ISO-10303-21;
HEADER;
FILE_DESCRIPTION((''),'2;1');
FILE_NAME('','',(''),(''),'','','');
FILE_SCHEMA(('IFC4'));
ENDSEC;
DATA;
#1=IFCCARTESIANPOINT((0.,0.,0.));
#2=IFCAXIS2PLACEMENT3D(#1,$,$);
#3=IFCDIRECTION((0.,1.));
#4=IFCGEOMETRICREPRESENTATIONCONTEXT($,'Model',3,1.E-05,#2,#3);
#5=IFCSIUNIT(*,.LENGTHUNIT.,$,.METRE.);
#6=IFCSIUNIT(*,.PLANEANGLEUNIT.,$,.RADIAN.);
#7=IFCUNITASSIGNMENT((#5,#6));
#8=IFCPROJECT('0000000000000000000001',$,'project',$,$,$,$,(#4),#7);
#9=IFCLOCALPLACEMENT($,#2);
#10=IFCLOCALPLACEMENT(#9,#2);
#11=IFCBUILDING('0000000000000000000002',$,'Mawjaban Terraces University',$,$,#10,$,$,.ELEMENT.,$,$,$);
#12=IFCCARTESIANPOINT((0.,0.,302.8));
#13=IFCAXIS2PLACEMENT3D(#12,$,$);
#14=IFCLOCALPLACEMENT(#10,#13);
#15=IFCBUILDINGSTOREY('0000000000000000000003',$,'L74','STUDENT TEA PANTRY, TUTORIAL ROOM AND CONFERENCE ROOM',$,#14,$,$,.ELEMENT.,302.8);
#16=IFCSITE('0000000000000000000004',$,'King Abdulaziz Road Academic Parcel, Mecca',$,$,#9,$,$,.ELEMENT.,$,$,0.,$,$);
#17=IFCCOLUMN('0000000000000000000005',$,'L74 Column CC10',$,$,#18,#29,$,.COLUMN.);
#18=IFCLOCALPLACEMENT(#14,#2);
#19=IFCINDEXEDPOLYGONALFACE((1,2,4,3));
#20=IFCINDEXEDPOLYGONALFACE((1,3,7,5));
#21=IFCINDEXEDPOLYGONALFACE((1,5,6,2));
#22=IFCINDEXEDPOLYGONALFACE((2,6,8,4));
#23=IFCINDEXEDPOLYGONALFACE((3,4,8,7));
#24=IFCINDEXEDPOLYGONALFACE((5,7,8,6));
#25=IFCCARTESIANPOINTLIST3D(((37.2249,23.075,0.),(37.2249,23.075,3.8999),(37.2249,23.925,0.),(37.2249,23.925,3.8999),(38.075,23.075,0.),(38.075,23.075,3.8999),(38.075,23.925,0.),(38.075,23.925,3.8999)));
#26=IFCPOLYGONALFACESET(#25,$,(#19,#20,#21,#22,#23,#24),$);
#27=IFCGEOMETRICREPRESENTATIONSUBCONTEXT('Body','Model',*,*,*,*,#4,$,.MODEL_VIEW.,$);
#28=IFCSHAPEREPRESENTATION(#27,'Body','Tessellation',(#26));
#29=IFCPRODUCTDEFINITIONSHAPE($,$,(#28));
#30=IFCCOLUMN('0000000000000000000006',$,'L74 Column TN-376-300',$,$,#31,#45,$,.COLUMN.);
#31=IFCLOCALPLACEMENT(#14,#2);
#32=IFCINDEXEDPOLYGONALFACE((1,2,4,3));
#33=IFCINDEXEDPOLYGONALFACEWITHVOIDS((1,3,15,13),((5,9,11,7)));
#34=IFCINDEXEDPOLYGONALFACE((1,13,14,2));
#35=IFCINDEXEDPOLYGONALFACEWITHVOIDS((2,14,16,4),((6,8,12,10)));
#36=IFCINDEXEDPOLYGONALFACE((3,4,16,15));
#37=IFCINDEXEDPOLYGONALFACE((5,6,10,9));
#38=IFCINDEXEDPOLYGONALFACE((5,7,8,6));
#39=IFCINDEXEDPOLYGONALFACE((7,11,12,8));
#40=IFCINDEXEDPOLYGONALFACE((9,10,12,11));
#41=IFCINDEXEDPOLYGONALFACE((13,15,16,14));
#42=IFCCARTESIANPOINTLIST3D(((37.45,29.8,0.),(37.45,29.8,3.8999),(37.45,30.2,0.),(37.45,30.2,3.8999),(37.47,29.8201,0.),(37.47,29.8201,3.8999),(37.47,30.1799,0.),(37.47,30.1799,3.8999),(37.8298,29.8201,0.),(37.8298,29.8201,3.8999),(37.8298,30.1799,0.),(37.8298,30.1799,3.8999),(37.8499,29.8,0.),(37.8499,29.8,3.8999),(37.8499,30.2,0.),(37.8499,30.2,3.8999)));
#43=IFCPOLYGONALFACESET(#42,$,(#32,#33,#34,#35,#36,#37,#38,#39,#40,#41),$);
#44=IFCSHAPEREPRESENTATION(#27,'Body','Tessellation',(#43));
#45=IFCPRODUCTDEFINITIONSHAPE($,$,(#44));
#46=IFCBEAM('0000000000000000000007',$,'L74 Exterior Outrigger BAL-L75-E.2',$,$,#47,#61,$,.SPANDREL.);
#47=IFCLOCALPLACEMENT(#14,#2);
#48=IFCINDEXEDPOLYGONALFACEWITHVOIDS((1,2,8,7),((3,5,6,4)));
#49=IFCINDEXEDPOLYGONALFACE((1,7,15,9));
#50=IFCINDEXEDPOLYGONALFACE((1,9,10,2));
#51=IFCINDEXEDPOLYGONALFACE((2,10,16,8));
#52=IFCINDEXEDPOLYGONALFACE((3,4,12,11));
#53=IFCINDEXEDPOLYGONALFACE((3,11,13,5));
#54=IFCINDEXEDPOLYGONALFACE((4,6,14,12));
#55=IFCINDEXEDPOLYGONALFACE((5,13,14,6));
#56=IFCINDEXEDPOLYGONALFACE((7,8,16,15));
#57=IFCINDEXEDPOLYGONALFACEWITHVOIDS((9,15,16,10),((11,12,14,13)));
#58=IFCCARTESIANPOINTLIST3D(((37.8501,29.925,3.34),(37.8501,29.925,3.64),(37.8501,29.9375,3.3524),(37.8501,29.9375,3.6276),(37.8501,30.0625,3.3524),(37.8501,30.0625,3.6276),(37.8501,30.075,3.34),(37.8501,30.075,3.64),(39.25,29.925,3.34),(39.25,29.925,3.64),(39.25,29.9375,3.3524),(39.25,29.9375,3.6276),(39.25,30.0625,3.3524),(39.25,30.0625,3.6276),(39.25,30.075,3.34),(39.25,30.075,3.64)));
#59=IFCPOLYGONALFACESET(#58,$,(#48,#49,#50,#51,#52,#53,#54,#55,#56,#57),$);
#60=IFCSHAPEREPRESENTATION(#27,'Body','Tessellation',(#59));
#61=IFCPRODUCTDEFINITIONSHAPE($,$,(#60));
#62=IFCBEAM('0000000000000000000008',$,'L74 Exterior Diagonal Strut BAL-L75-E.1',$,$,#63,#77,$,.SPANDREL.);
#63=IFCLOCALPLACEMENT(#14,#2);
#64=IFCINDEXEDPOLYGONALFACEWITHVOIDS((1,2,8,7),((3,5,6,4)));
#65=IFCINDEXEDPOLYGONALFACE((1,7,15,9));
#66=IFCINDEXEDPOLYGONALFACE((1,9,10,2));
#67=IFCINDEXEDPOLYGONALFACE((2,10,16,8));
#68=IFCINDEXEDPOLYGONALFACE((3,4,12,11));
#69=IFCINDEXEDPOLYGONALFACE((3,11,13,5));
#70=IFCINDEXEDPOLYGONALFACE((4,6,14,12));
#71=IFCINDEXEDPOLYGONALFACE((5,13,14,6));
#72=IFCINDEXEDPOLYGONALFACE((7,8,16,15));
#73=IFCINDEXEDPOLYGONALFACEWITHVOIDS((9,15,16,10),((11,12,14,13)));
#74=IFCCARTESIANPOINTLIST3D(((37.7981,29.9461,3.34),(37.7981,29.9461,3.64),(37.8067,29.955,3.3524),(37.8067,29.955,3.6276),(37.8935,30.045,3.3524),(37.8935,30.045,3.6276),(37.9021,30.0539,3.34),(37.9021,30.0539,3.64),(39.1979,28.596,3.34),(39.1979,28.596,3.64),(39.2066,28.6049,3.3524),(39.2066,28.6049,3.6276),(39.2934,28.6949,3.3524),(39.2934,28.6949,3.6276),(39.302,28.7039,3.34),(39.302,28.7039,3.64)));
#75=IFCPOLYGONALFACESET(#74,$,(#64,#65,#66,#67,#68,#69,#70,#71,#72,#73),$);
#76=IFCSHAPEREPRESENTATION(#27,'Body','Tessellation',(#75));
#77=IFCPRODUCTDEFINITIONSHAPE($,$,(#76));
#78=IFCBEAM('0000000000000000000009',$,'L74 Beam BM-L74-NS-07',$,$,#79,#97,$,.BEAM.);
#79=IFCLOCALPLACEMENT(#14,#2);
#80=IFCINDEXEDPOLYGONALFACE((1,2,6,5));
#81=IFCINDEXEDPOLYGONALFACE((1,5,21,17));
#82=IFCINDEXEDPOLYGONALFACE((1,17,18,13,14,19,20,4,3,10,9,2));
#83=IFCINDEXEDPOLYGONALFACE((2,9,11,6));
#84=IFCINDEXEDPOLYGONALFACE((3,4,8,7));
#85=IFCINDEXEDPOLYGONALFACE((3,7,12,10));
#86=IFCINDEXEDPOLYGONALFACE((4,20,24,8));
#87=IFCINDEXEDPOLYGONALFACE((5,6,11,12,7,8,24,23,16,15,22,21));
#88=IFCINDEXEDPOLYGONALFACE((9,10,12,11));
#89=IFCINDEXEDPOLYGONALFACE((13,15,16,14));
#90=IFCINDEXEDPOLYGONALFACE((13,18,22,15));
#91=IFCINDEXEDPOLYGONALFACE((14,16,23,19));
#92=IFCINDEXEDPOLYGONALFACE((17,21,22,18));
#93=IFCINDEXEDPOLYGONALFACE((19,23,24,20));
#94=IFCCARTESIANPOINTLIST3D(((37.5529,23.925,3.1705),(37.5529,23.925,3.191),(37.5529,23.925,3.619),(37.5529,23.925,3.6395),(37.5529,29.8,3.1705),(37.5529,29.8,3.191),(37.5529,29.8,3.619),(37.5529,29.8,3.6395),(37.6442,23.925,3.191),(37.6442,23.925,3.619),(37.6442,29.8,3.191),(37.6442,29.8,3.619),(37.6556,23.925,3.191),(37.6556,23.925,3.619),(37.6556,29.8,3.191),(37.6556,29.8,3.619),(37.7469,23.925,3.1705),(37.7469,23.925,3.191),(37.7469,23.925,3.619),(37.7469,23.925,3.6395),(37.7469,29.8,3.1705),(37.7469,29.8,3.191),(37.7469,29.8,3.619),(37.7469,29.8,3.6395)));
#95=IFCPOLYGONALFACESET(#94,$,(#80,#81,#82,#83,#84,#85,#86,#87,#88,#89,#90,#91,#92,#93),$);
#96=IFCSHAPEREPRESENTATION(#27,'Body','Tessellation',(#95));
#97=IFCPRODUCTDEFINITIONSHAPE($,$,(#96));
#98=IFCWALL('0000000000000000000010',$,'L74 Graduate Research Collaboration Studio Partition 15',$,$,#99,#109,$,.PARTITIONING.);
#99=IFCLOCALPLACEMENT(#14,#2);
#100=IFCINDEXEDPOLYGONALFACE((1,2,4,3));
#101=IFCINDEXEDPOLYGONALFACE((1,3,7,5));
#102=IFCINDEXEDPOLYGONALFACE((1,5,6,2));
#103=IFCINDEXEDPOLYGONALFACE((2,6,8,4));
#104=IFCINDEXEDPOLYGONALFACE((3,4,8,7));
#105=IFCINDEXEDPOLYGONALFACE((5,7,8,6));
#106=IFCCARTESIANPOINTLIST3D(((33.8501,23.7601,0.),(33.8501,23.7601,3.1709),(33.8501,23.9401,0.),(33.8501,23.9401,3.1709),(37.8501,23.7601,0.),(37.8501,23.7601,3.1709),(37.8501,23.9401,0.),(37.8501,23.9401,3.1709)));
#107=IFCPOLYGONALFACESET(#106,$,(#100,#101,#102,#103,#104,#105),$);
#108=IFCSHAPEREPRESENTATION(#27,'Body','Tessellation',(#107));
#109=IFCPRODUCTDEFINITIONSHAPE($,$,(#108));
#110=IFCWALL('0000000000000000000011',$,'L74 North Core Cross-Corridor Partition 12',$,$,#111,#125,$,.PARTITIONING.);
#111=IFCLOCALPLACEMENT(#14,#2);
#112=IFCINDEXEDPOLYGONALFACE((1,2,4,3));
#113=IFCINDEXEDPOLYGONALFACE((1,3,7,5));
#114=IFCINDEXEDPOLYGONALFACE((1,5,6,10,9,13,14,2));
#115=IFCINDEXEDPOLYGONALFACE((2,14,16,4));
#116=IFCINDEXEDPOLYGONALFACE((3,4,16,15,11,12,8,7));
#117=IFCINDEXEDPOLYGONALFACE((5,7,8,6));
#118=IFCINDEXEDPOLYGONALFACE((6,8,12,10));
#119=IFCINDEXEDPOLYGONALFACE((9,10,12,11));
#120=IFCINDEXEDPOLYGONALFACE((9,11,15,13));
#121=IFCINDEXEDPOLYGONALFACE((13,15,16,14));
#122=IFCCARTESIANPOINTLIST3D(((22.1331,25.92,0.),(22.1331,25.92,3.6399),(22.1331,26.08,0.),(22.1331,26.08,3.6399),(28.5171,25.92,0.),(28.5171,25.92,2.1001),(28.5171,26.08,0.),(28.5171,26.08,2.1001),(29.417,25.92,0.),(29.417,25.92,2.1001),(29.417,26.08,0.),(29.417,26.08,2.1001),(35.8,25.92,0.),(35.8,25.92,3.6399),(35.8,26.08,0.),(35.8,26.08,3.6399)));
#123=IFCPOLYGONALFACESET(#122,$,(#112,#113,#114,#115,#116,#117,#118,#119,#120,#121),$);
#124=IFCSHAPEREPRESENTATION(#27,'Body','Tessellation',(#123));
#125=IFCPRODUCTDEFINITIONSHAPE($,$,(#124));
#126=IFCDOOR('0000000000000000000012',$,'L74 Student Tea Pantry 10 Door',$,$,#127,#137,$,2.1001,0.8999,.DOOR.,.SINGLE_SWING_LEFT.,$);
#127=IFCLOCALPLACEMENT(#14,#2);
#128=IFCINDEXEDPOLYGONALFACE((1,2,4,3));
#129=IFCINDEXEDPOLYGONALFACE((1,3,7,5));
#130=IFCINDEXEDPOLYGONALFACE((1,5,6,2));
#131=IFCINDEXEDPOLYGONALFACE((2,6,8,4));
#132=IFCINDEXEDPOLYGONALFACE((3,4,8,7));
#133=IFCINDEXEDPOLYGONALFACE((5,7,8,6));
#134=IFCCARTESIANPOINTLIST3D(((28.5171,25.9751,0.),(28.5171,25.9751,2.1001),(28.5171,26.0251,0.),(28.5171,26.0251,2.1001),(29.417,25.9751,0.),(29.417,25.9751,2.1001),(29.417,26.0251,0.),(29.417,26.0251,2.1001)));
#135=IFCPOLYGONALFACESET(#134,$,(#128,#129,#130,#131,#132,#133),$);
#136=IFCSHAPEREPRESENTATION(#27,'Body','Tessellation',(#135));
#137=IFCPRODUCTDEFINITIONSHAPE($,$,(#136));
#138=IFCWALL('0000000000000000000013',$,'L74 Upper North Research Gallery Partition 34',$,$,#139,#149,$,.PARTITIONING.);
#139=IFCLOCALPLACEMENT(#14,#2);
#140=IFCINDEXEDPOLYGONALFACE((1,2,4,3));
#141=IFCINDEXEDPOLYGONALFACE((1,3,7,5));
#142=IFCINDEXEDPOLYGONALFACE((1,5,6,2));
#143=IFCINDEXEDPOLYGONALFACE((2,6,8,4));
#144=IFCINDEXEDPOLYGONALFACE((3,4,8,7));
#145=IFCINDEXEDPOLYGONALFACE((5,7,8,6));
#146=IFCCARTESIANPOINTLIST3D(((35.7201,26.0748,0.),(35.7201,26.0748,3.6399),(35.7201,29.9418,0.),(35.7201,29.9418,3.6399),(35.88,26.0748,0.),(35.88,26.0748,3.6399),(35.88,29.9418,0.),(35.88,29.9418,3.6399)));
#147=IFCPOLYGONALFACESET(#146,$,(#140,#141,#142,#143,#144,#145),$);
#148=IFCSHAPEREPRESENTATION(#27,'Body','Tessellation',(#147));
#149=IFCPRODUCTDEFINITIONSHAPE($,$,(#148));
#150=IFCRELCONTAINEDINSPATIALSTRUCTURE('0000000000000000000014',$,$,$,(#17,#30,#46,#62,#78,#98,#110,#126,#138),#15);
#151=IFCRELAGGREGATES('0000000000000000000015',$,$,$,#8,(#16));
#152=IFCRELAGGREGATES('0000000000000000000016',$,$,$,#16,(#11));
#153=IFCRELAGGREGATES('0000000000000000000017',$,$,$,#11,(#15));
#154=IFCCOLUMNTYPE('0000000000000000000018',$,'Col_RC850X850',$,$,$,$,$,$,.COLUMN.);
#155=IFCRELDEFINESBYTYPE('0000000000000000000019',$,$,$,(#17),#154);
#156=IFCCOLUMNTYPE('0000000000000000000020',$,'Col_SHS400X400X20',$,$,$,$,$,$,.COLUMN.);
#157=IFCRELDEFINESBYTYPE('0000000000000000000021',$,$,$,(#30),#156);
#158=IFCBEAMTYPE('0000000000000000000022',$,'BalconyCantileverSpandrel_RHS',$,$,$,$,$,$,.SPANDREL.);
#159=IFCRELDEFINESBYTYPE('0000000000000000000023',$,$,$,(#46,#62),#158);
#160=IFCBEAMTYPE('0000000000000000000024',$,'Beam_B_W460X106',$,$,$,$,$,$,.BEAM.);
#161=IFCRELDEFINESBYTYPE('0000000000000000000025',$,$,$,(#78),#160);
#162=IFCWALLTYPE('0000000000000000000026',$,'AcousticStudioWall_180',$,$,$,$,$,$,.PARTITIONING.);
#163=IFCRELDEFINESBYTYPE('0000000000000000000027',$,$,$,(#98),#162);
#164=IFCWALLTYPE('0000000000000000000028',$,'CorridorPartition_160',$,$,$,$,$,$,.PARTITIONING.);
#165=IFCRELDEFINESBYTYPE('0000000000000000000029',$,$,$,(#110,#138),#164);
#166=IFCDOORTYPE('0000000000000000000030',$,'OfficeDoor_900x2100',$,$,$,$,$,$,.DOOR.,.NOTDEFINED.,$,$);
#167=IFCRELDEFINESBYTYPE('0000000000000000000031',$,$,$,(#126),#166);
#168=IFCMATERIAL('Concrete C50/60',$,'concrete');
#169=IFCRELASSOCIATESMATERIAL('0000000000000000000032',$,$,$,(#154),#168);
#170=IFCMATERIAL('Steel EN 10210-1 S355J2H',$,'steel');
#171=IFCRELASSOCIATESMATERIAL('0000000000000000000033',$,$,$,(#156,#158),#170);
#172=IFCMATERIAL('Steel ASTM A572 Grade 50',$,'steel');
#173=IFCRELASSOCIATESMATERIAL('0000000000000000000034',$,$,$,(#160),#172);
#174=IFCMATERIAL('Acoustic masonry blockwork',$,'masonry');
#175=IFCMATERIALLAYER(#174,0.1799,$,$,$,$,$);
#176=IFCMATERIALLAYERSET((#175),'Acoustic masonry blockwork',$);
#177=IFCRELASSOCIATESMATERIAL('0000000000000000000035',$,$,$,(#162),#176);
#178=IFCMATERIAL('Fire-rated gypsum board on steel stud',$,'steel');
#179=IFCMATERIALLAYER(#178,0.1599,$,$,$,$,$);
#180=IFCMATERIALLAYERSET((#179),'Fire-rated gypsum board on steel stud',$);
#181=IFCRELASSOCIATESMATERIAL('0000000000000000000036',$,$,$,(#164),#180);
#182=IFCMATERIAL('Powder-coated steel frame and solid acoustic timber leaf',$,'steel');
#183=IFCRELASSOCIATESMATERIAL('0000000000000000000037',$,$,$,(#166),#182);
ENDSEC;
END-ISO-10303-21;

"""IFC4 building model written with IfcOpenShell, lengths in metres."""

from ifc_helpers import new_model, si_unit, direction, frame, frame_2d, origin, origin_2d, place, context, subcontext, project, spatial, rectangle, hollow_rectangle, i_section, extrude, material, layer, layer_set, material_profile, profile_set, type_object, element, fill, save


model = new_model("IFC4")

# Units and contexts
model_context = context("Model", 3, precision=1e-05, world=origin(), true_north=direction((0.0, 1.0)))
body_context = subcontext(model_context, "Body", "Model", "MODEL_VIEW")
ifc_project = project(units=[si_unit("LENGTHUNIT", "METRE"), si_unit("PLANEANGLEUNIT", "RADIAN")], contexts=[model_context])

# Site, building, storey
site_placement = place(None, origin())
site = spatial("IfcSite", under=ifc_project, at=site_placement, Name="King Abdulaziz Road Academic Parcel, Mecca", CompositionType="ELEMENT", RefElevation=0.0)
building_placement = place(site_placement, origin())
building = spatial("IfcBuilding", under=site, at=building_placement, Name="Mawjaban Terraces University", CompositionType="ELEMENT")
storey_placement = place(building_placement, frame((0.0, 0.0, 302.8)))
storey = spatial("IfcBuildingStorey", under=building, at=storey_placement, Name="L74", Description="STUDENT TEA PANTRY, TUTORIAL ROOM AND CONFERENCE ROOM", CompositionType="ELEMENT", Elevation=302.8)

# Columns
ifc_material_1 = material(Name="Concrete C50/60", Category="concrete")
ifc_material_profile_1 = material_profile(ifc_material_1, rectangle(XDim=0.8501, YDim=0.8501, at=origin_2d()), Name="RC850X850")
ifc_profile_set_1 = profile_set([ifc_material_profile_1], Name="Concrete C50/60")
column_type_1 = type_object("IfcColumnType", Name="Col_RC850X850", PredefinedType="COLUMN", material=ifc_profile_set_1)
column_1_placement = place(storey_placement, frame((37.6499, 23.5, 0.0), z_axis=(0.0, 0.0, 1.0), x_axis=(1.0, 0.0, 0.0)))
element("IfcColumn", 1, at=column_1_placement, inside=storey, type_object=column_type_1, Name="L74 Column CC10", PredefinedType="COLUMN", context=body_context, shape_type="SweptSolid", body=[
    extrude(rectangle(XDim=0.8501, YDim=0.8501, at=origin_2d()), origin(), (0.0, 0.0, 1.0), 3.8999),
])
ifc_material_2 = material(Name="Steel EN 10210-1 S355J2H", Category="steel")
ifc_material_profile_2 = material_profile(ifc_material_2, hollow_rectangle(XDim=0.3999, YDim=0.3999, WallThickness=0.02, at=origin_2d()), Name="SHS400X400X20")
ifc_profile_set_2 = profile_set([ifc_material_profile_2], Name="Steel EN 10210-1 S355J2H")
column_type_2 = type_object("IfcColumnType", Name="Col_SHS400X400X20", PredefinedType="COLUMN", material=ifc_profile_set_2)
column_2_placement = place(storey_placement, frame((37.6499, 30.0, 0.0), z_axis=(0.0, 0.0, 1.0), x_axis=(1.0, 0.0, 0.0)))
element("IfcColumn", 2, at=column_2_placement, inside=storey, type_object=column_type_2, Name="L74 Column TN-376-300", PredefinedType="COLUMN", context=body_context, shape_type="SweptSolid", body=[
    extrude(hollow_rectangle(XDim=0.3999, YDim=0.3999, WallThickness=0.02, at=origin_2d()), origin(), (0.0, 0.0, 1.0), 3.8999),
])

# Beams
ifc_material_profile_3 = material_profile(ifc_material_2, hollow_rectangle(XDim=0.1499, YDim=0.3, WallThickness=0.0125, at=origin_2d()), Name="RHS300X150X12.5")
ifc_profile_set_3 = profile_set([ifc_material_profile_3], Name="Steel EN 10210-1 S355J2H")
beam_type_1 = type_object("IfcBeamType", Name="BalconyCantileverSpandrel_RHS", PredefinedType="SPANDREL", material=ifc_profile_set_3)
beam_1_placement = place(storey_placement, frame((37.8501, 30.0, 3.49), z_axis=(1.0, 0.0, 0.0), x_axis=(0.0, 1.0, 0.0)))
element("IfcBeam", 3, at=beam_1_placement, inside=storey, type_object=beam_type_1, Name="L74 Exterior Outrigger BAL-L75-E.2", PredefinedType="SPANDREL", context=body_context, shape_type="SweptSolid", body=[
    extrude(hollow_rectangle(XDim=0.1499, YDim=0.3, WallThickness=0.0125, at=origin_2d()), origin(), (0.0, 0.0, 1.0), 1.3999),
])
beam_2_placement = place(storey_placement, frame((37.8501, 30.0, 3.49), z_axis=(0.719795, -0.694187, 0.0), x_axis=(0.694187, 0.719795, 0.0)))
element("IfcBeam", 4, at=beam_2_placement, inside=storey, type_object=beam_type_1, Name="L74 Exterior Diagonal Strut BAL-L75-E.1", PredefinedType="SPANDREL", context=body_context, shape_type="SweptSolid", body=[
    extrude(hollow_rectangle(XDim=0.1499, YDim=0.3, WallThickness=0.0125, at=origin_2d()), origin(), (0.0, 0.0, 1.0), 1.9448),
])
ifc_material_3 = material(Name="Steel ASTM A572 Grade 50", Category="steel")
ifc_material_profile_4 = material_profile(ifc_material_3, i_section(OverallWidth=0.1941, OverallDepth=0.469, WebThickness=0.0115, FlangeThickness=0.0205, at=origin_2d()), Name="W460X106")
ifc_profile_set_4 = profile_set([ifc_material_profile_4], Name="Steel ASTM A572 Grade 50")
beam_type_2 = type_object("IfcBeamType", Name="Beam_B_W460X106", PredefinedType="BEAM", material=ifc_profile_set_4)
beam_3_placement = place(storey_placement, frame((37.6499, 23.925, 3.405), z_axis=(0.0, 1.0, 0.0), x_axis=(-1.0, 0.0, 0.0)))
element("IfcBeam", 5, at=beam_3_placement, inside=storey, type_object=beam_type_2, Name="L74 Beam BM-L74-NS-07", PredefinedType="BEAM", context=body_context, shape_type="SweptSolid", body=[
    extrude(i_section(OverallWidth=0.1941, OverallDepth=0.469, WebThickness=0.0115, FlangeThickness=0.0205, at=origin_2d()), origin(), (0.0, 0.0, 1.0), 5.875),
])

# Wall
ifc_material_4 = material(Name="Acoustic masonry blockwork", Category="masonry")
ifc_layer_1 = layer(ifc_material_4, 0.1799)
ifc_layer_set_1 = layer_set([ifc_layer_1], Name="Acoustic masonry blockwork")
wall_type_1 = type_object("IfcWallType", Name="AcousticStudioWall_180", PredefinedType="PARTITIONING", material=ifc_layer_set_1)
wall_1_placement = place(storey_placement, frame((37.8501, 23.8501, 0.0), z_axis=(0.0, 0.0, 1.0), x_axis=(-1.0, 0.0, 0.0)))
element("IfcWall", 6, at=wall_1_placement, inside=storey, type_object=wall_type_1, Name="L74 Graduate Research Collaboration Studio Partition 15", PredefinedType="PARTITIONING", context=body_context, shape_type="SweptSolid", body=[
    extrude(rectangle(XDim=4.0, YDim=0.1799, at=frame_2d((2.0, 0.0))), origin(), (0.0, 0.0, 1.0), 3.1709),
])

# Wall, opening, door
ifc_material_5 = material(Name="Fire-rated gypsum board on steel stud", Category="steel")
ifc_layer_2 = layer(ifc_material_5, 0.1599)
ifc_layer_set_2 = layer_set([ifc_layer_2], Name="Fire-rated gypsum board on steel stud")
wall_type_2 = type_object("IfcWallType", Name="CorridorPartition_160", PredefinedType="PARTITIONING", material=ifc_layer_set_2)
wall_2_placement = place(storey_placement, frame((35.8, 26.0, 0.0), z_axis=(0.0, 0.0, 1.0), x_axis=(-1.0, 0.0, 0.0)))
wall_2 = element("IfcWall", 7, at=wall_2_placement, inside=storey, type_object=wall_type_2, Name="L74 North Core Cross-Corridor Partition 12", PredefinedType="PARTITIONING", context=body_context, shape_type="SweptSolid", body=[
    extrude(rectangle(XDim=13.667, YDim=0.1599, at=frame_2d((6.8335, 0.0))), origin(), (0.0, 0.0, 1.0), 3.6399),
])
opening_1_placement = place(wall_2_placement, frame((6.3831, 0.0, 0.0)))
opening_1 = element("IfcOpeningElement", 8, at=opening_1_placement, cuts=wall_2, PredefinedType="OPENING", context=body_context, shape_type="SweptSolid", body=[
    extrude(rectangle(XDim=0.8999, YDim=2.1001, at=frame_2d((0.45, 1.05))), frame((0.0, 0.0898, 0.0), z_axis=(0.0, -1.0, 0.0), x_axis=(1.0, 0.0, 0.0)), (0.0, 0.0, 1.0), 0.1799),
])
ifc_material_6 = material(Name="Powder-coated steel frame and solid acoustic timber leaf", Category="steel")
door_type_1 = type_object("IfcDoorType", Name="OfficeDoor_900x2100", OperationType="NOTDEFINED", PredefinedType="DOOR", material=ifc_material_6)
door_1_placement = place(opening_1_placement, origin())
door_1 = element("IfcDoor", 9, at=door_1_placement, inside=storey, type_object=door_type_1, Name="L74 Student Tea Pantry 10 Door", OperationType="SINGLE_SWING_LEFT", OverallHeight=2.1001, OverallWidth=0.8999, PredefinedType="DOOR", context=body_context, shape_type="SweptSolid", body=[
    extrude(rectangle(XDim=0.8999, YDim=2.1001, at=frame_2d((0.45, 1.05))), frame((0.0, 0.0249, 0.0), z_axis=(0.0, -1.0, 0.0), x_axis=(1.0, 0.0, 0.0)), (0.0, 0.0, 1.0), 0.05),
])
fill(opening_1, door_1)

# Wall
wall_3_placement = place(storey_placement, frame((35.8, 29.9419, 0.0), z_axis=(0.0, 0.0, 1.0), x_axis=(0.0, -1.0, 0.0)))
element("IfcWall", 10, at=wall_3_placement, inside=storey, type_object=wall_type_2, Name="L74 Upper North Research Gallery Partition 34", PredefinedType="PARTITIONING", context=body_context, shape_type="SweptSolid", body=[
    extrude(rectangle(XDim=3.8669, YDim=0.1599, at=frame_2d((1.9336, 0.0))), origin(), (0.0, 0.0, 1.0), 3.6399),
])

save(model, "model.ifc")
